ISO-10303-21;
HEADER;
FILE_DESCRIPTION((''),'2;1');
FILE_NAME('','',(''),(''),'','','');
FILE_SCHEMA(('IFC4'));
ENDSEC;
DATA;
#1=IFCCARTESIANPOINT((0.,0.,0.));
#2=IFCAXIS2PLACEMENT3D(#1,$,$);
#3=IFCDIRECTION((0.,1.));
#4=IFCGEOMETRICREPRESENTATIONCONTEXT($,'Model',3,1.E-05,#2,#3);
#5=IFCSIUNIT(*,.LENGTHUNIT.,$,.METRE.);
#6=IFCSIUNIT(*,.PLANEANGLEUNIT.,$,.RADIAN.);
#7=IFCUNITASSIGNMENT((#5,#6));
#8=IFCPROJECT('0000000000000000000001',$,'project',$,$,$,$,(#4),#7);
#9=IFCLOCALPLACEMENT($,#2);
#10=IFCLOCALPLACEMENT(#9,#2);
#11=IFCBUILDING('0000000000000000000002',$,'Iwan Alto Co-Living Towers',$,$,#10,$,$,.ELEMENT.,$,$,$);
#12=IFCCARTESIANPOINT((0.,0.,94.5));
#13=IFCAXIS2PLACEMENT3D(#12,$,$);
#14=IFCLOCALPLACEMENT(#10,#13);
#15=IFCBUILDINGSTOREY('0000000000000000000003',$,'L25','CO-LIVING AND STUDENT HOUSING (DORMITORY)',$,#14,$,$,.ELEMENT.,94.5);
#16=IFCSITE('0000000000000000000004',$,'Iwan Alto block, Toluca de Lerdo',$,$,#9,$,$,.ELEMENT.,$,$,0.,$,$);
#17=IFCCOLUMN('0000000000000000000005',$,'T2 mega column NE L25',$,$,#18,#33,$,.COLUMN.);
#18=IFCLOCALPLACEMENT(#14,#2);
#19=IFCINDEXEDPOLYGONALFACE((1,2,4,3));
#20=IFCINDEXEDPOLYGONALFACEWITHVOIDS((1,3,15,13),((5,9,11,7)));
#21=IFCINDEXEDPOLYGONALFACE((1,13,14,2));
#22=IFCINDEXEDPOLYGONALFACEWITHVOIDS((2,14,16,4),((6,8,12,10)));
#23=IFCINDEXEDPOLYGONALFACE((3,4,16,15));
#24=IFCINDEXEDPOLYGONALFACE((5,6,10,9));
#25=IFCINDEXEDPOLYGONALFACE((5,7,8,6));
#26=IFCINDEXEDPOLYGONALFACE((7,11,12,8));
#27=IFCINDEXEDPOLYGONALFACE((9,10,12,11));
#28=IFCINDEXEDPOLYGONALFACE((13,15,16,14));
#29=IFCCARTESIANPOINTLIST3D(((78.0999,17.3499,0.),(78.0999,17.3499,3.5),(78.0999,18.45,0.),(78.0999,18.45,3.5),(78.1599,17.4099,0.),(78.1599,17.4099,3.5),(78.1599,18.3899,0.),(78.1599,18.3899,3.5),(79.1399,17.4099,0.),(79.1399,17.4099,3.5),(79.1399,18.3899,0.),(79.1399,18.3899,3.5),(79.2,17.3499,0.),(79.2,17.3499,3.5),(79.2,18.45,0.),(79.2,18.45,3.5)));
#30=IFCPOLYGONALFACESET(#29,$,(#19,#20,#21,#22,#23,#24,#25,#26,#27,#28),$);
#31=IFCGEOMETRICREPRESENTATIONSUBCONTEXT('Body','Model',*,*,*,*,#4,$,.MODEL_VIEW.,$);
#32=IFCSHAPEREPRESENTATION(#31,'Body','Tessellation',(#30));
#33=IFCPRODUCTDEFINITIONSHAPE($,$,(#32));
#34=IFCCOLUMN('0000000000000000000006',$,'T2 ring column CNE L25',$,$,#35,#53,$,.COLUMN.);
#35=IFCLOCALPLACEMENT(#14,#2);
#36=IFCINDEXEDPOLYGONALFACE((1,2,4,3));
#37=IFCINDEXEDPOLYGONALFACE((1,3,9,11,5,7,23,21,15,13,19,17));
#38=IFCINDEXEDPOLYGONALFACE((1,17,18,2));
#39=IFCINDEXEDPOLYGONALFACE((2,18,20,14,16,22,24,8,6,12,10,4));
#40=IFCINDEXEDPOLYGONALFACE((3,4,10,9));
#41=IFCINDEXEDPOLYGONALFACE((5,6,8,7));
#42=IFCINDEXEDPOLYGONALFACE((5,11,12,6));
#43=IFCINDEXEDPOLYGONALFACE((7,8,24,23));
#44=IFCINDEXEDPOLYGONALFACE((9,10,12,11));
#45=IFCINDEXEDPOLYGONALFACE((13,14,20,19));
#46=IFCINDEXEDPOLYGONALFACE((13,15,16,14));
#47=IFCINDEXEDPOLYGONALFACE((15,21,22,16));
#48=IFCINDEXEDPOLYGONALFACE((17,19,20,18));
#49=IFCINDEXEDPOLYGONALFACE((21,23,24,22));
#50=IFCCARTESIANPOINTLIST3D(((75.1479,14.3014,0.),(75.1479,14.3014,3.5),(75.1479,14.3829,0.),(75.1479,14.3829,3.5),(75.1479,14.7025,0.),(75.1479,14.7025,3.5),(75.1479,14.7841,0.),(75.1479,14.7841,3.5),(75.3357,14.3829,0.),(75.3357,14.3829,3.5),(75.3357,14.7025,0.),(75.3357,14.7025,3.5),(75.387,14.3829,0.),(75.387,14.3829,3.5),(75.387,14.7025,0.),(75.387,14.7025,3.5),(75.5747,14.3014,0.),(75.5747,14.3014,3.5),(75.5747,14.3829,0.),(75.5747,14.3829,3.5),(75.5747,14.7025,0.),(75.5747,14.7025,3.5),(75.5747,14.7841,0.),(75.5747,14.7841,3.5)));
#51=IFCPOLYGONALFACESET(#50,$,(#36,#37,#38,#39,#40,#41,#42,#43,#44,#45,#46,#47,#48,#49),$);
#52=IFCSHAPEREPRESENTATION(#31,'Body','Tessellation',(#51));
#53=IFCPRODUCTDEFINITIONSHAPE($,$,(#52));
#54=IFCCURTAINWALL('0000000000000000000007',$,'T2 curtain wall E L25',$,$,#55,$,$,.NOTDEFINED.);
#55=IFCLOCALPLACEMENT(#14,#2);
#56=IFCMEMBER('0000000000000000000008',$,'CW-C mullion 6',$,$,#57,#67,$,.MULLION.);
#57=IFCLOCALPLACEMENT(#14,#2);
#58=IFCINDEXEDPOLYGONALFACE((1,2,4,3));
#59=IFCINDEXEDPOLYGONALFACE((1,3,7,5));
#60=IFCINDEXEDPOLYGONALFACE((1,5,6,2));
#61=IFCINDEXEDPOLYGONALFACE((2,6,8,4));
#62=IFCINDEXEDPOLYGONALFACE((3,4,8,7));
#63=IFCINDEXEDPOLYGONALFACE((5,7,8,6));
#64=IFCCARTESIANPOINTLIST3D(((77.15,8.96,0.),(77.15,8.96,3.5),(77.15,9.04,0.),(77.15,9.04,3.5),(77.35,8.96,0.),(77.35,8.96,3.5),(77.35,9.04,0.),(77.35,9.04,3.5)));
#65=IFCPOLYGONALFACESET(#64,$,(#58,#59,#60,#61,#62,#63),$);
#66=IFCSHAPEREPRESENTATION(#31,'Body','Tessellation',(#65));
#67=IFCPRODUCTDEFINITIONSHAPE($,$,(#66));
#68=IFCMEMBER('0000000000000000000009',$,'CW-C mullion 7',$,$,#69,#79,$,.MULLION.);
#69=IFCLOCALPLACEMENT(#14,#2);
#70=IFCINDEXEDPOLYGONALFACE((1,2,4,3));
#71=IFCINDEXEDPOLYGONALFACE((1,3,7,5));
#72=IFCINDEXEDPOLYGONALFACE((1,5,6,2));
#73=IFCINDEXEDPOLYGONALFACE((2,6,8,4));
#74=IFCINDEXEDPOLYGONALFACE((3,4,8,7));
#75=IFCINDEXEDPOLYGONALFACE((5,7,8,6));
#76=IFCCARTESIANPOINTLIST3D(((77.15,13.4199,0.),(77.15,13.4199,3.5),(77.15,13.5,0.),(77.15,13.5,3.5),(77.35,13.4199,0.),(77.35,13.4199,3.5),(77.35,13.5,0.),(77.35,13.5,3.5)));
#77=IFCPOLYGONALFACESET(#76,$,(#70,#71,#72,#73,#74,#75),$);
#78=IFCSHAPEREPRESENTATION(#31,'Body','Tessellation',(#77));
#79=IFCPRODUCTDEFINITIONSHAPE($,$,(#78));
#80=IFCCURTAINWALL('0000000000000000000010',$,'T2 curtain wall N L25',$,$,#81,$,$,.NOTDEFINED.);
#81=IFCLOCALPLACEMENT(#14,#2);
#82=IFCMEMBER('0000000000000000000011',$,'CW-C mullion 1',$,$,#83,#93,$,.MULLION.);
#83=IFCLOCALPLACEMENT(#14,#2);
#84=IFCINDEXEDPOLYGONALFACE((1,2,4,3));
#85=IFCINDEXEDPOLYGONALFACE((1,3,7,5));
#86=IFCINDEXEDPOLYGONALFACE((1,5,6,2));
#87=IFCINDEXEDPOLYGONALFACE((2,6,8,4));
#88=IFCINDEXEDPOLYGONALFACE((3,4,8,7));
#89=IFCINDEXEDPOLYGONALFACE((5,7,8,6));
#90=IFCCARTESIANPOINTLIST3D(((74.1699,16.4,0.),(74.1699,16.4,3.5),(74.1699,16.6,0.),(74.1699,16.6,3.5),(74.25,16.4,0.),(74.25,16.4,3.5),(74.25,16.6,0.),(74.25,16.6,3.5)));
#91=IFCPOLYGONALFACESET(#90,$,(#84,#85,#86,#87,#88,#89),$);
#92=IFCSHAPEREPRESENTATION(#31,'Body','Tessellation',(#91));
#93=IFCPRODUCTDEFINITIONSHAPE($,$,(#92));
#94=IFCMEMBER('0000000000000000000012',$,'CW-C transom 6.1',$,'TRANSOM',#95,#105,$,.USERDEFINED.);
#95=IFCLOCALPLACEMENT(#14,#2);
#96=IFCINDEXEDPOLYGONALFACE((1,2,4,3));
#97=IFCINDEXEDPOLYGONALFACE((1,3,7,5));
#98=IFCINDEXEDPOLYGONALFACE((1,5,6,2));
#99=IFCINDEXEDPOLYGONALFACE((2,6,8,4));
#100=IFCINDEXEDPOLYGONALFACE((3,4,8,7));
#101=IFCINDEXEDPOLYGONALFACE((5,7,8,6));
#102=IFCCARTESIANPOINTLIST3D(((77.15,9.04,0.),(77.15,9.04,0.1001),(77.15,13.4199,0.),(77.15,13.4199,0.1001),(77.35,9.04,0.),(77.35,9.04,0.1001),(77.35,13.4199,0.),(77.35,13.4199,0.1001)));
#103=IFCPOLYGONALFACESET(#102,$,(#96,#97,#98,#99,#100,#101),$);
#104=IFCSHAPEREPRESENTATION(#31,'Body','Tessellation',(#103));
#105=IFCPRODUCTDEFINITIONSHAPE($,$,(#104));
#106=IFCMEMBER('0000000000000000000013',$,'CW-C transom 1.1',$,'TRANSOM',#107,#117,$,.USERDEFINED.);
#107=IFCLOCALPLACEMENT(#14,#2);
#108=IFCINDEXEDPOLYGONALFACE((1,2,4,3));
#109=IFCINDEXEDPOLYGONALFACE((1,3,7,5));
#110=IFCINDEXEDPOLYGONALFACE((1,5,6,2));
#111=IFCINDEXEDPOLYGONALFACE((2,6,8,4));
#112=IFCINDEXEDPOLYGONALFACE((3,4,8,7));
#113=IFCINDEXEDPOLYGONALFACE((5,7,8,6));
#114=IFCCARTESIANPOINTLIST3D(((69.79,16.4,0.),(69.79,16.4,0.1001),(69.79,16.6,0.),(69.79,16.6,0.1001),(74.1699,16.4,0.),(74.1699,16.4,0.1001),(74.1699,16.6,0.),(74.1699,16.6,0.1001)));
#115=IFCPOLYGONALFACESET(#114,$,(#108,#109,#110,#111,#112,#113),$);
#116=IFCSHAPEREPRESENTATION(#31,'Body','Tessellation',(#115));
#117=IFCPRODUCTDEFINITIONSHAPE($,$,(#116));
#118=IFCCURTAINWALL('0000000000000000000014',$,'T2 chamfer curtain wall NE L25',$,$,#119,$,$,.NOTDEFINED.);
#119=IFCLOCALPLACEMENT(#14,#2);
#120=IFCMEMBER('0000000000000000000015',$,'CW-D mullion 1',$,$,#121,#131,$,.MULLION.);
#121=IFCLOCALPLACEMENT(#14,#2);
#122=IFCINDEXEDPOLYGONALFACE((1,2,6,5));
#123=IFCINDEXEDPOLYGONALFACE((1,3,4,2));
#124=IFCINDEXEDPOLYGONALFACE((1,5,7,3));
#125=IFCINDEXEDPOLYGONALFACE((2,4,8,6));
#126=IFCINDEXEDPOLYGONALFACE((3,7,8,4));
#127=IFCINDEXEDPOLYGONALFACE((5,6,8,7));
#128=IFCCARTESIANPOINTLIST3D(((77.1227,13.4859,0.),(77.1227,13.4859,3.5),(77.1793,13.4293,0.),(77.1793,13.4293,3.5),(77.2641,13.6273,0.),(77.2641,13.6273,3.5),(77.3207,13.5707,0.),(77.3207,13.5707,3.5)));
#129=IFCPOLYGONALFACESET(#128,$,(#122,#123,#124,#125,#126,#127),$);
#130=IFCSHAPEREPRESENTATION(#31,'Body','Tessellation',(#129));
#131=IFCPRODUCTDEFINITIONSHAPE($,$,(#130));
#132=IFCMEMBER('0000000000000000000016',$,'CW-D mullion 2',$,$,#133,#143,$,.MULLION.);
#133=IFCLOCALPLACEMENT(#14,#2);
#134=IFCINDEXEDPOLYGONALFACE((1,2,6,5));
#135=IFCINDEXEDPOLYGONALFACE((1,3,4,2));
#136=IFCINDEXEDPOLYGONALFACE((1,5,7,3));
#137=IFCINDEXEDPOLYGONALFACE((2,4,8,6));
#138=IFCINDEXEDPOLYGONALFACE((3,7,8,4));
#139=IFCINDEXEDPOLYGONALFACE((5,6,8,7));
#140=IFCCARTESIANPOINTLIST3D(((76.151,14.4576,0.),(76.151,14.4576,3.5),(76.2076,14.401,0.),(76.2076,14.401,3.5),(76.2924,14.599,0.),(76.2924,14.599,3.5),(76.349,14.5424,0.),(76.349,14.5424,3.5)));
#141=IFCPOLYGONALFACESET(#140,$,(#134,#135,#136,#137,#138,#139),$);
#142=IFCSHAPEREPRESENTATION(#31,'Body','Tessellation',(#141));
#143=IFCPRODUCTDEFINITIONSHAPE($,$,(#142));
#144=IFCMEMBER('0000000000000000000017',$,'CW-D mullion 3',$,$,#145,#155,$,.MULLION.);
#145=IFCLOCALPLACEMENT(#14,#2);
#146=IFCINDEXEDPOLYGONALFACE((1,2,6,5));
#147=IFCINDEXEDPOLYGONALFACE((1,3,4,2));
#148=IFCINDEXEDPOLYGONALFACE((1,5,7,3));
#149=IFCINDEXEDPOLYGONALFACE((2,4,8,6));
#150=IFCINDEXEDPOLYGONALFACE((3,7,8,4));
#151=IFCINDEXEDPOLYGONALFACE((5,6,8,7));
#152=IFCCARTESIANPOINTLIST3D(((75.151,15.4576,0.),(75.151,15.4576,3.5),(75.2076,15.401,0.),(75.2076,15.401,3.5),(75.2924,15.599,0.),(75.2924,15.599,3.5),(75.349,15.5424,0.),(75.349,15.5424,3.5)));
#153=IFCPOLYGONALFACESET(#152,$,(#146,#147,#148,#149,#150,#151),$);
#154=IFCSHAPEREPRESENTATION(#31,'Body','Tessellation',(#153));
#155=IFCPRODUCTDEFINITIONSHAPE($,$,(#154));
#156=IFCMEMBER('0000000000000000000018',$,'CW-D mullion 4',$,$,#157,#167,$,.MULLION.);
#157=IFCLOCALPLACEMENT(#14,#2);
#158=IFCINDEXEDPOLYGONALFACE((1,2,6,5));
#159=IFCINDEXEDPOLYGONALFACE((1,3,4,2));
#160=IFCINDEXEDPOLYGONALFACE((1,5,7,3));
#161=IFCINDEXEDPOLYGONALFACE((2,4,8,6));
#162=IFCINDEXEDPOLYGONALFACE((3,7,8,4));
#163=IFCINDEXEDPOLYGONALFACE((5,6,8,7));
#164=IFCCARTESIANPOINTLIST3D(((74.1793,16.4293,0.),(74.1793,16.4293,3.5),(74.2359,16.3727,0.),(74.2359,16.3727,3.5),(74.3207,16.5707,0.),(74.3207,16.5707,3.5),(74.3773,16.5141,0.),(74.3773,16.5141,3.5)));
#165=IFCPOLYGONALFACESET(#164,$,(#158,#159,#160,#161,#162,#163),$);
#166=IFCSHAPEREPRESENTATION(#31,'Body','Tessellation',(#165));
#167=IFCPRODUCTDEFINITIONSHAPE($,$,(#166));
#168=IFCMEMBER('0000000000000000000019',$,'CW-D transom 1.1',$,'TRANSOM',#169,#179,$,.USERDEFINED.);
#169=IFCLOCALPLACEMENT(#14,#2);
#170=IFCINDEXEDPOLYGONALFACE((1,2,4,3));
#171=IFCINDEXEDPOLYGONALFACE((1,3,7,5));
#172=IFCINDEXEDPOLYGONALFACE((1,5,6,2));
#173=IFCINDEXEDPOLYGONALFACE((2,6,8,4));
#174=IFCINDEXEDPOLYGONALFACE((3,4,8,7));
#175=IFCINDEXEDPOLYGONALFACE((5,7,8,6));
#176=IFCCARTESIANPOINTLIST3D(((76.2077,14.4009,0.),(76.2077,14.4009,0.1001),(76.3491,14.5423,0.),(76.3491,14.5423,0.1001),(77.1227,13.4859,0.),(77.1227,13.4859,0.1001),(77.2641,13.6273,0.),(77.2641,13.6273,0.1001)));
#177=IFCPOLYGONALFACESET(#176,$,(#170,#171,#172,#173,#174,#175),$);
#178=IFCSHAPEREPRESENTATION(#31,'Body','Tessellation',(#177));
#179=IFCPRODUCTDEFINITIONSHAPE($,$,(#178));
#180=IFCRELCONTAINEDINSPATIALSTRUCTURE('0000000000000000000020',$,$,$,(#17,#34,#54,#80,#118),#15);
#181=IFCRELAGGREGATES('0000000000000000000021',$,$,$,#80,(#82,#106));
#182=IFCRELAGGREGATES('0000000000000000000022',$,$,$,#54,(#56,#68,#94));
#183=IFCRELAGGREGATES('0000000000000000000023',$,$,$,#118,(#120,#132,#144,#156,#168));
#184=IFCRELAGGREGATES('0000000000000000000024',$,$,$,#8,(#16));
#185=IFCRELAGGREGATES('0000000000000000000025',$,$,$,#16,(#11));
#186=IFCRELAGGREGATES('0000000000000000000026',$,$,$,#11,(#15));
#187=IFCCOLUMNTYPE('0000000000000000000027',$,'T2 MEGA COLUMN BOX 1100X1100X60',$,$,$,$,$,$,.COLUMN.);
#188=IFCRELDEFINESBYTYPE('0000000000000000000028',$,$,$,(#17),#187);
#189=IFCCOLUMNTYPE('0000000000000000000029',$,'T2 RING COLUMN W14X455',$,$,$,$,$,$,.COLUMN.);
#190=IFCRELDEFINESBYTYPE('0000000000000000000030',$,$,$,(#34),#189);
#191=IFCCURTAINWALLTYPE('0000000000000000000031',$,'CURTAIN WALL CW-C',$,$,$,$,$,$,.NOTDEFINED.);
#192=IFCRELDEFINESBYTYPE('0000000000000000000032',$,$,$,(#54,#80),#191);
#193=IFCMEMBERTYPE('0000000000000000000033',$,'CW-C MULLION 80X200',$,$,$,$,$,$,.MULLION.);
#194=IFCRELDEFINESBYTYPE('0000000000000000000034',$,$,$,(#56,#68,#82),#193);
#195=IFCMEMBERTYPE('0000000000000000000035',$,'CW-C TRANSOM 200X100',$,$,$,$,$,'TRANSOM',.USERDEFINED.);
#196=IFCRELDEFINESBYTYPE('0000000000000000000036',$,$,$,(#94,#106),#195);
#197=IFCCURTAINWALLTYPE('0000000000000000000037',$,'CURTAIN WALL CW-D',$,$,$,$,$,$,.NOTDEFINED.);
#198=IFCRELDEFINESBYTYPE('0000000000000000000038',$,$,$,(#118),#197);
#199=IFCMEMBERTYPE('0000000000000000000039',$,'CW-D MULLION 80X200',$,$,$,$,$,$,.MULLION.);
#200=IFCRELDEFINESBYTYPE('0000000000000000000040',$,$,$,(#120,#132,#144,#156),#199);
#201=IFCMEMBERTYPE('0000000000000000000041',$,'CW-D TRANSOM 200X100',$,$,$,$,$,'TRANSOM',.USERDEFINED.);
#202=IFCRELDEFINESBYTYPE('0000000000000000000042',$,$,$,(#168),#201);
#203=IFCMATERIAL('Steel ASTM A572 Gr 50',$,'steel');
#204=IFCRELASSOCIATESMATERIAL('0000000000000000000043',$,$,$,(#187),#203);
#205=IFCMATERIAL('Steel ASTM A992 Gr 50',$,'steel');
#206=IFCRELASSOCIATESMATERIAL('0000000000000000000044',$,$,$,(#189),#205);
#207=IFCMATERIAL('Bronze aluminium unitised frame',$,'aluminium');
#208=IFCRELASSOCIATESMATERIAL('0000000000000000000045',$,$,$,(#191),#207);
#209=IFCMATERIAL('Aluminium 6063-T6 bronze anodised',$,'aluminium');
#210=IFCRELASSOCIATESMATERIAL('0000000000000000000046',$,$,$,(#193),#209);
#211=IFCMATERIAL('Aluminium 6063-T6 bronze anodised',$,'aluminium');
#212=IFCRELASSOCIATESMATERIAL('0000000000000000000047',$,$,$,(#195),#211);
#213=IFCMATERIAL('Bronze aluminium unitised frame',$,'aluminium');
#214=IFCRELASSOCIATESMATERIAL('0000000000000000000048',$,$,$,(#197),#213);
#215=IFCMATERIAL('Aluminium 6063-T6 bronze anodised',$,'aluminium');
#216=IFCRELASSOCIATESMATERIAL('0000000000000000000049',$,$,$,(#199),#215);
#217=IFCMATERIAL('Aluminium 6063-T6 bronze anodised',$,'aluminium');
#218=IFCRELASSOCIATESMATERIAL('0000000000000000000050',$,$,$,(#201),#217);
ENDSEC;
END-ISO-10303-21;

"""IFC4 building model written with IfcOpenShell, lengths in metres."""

from ifc_helpers import new_model, si_unit, direction, frame, origin, origin_2d, place, context, subcontext, project, spatial, rectangle, hollow_rectangle, i_section, extrude, material, material_profile, profile_set, type_object, element, aggregate, save


model = new_model("IFC4")

# Units and contexts
model_context = context("Model", 3, precision=1e-05, world=origin(), true_north=direction((0.0, 1.0)))
body_context = subcontext(model_context, "Body", "Model", "MODEL_VIEW")
ifc_project = project(units=[si_unit("LENGTHUNIT", "METRE"), si_unit("PLANEANGLEUNIT", "RADIAN")], contexts=[model_context])

# Site, building, storey
site_placement = place(None, origin())
site = spatial("IfcSite", under=ifc_project, at=site_placement, Name="Iwan Alto block, Toluca de Lerdo", CompositionType="ELEMENT", RefElevation=0.0)
building_placement = place(site_placement, origin())
building = spatial("IfcBuilding", under=site, at=building_placement, Name="Iwan Alto Co-Living Towers", CompositionType="ELEMENT")
storey_placement = place(building_placement, frame((0.0, 0.0, 94.5)))
storey = spatial("IfcBuildingStorey", under=building, at=storey_placement, Name="L25", Description="CO-LIVING AND STUDENT HOUSING (DORMITORY)", CompositionType="ELEMENT", Elevation=94.5)

# Columns
ifc_material_1 = material(Name="Steel ASTM A572 Gr 50", Category="steel")
ifc_material_profile_1 = material_profile(ifc_material_1, hollow_rectangle(XDim=1.1001, YDim=1.1001, WallThickness=0.0601, at=origin_2d()), Name="BOX 1100X1100X60")
ifc_profile_set_1 = profile_set([ifc_material_profile_1], Name="Steel ASTM A572 Gr 50")
column_type_1 = type_object("IfcColumnType", Name="T2 MEGA COLUMN BOX 1100X1100X60", PredefinedType="COLUMN", material=ifc_profile_set_1)
column_1_placement = place(storey_placement, frame((78.6499, 17.8999, 0.0), z_axis=(0.0, 0.0, 1.0), x_axis=(1.0, 0.0, 0.0)))
element("IfcColumn", 1, at=column_1_placement, inside=storey, type_object=column_type_1, Name="T2 mega column NE L25", PredefinedType="COLUMN", context=body_context, shape_type="SweptSolid", body=[
    extrude(hollow_rectangle(XDim=1.1001, YDim=1.1001, WallThickness=0.0601, at=origin_2d()), origin(), (0.0, 0.0, 1.0), 3.5),
])
ifc_material_2 = material(Name="Steel ASTM A992 Gr 50", Category="steel")
ifc_material_profile_2 = material_profile(ifc_material_2, i_section(OverallWidth=0.4268, OverallDepth=0.4827, WebThickness=0.0513, FlangeThickness=0.0815, at=origin_2d()), Name="W14X455")
ifc_profile_set_2 = profile_set([ifc_material_profile_2], Name="Steel ASTM A992 Gr 50")
column_type_2 = type_object("IfcColumnType", Name="T2 RING COLUMN W14X455", PredefinedType="COLUMN", material=ifc_profile_set_2)
column_2_placement = place(storey_placement, frame((75.3613, 14.5427, 0.0), z_axis=(0.0, 0.0, 1.0), x_axis=(1.0, 0.0, 0.0)))
element("IfcColumn", 2, at=column_2_placement, inside=storey, type_object=column_type_2, Name="T2 ring column CNE L25", PredefinedType="COLUMN", context=body_context, shape_type="SweptSolid", body=[
    extrude(i_section(OverallWidth=0.4268, OverallDepth=0.4827, WebThickness=0.0513, FlangeThickness=0.0815, at=origin_2d()), origin(), (0.0, 0.0, 1.0), 3.5),
])

# Curtain wall, members
ifc_material_3 = material(Name="Bronze aluminium unitised frame", Category="aluminium")
curtain_wall_type_1 = type_object("IfcCurtainWallType", Name="CURTAIN WALL CW-C", PredefinedType="NOTDEFINED", material=ifc_material_3)
curtain_wall_1_placement = place(storey_placement, origin())
curtain_wall_1 = element("IfcCurtainWall", 3, at=curtain_wall_1_placement, inside=storey, type_object=curtain_wall_type_1, Name="T2 curtain wall E L25", PredefinedType="NOTDEFINED")
ifc_material_4 = material(Name="Aluminium 6063-T6 bronze anodised", Category="aluminium")
ifc_material_profile_3 = material_profile(ifc_material_4, rectangle(XDim=0.2, YDim=0.0801, at=origin_2d()), Name="AL 80X200")
ifc_profile_set_3 = profile_set([ifc_material_profile_3], Name="Aluminium 6063-T6 bronze anodised")
member_type_1 = type_object("IfcMemberType", Name="CW-C MULLION 80X200", PredefinedType="MULLION", material=ifc_profile_set_3)
member_1_placement = place(storey_placement, frame((77.25, 9.0, 0.0), z_axis=(0.0, 0.0, 1.0), x_axis=(-1.0, 0.0, 0.0)))
member_1 = element("IfcMember", 4, at=member_1_placement, type_object=member_type_1, Name="CW-C mullion 6", PredefinedType="MULLION", context=body_context, shape_type="SweptSolid", body=[
    extrude(rectangle(XDim=0.2, YDim=0.0801, at=origin_2d()), origin(), (0.0, 0.0, 1.0), 3.5),
])
member_2_placement = place(storey_placement, frame((77.25, 13.46, 0.0), z_axis=(0.0, 0.0, 1.0), x_axis=(-1.0, 0.0, 0.0)))
member_2 = element("IfcMember", 5, at=member_2_placement, type_object=member_type_1, Name="CW-C mullion 7", PredefinedType="MULLION", context=body_context, shape_type="SweptSolid", body=[
    extrude(rectangle(XDim=0.2, YDim=0.0801, at=origin_2d()), origin(), (0.0, 0.0, 1.0), 3.5),
])

# Curtain wall, member
curtain_wall_2_placement = place(storey_placement, origin())
curtain_wall_2 = element("IfcCurtainWall", 6, at=curtain_wall_2_placement, inside=storey, type_object=curtain_wall_type_1, Name="T2 curtain wall N L25", PredefinedType="NOTDEFINED")
member_3_placement = place(storey_placement, frame((74.21, 16.5, 0.0), z_axis=(0.0, 0.0, 1.0), x_axis=(0.0, -1.0, 0.0)))
member_3 = element("IfcMember", 7, at=member_3_placement, type_object=member_type_1, Name="CW-C mullion 1", PredefinedType="MULLION", context=body_context, shape_type="SweptSolid", body=[
    extrude(rectangle(XDim=0.2, YDim=0.0801, at=origin_2d()), origin(), (0.0, 0.0, 1.0), 3.5),
])

# Members
ifc_material_5 = material(Name="Aluminium 6063-T6 bronze anodised", Category="aluminium")
ifc_material_profile_4 = material_profile(ifc_material_5, rectangle(XDim=0.2, YDim=0.1001, at=origin_2d()), Name="AL 200X100")
ifc_profile_set_4 = profile_set([ifc_material_profile_4], Name="Aluminium 6063-T6 bronze anodised")
member_type_2 = type_object("IfcMemberType", Name="CW-C TRANSOM 200X100", ElementType="TRANSOM", PredefinedType="USERDEFINED", material=ifc_profile_set_4)
member_4_placement = place(storey_placement, frame((77.25, 9.04, 0.05), z_axis=(0.0, 1.0, 0.0), x_axis=(-1.0, 0.0, 0.0)))
member_4 = element("IfcMember", 8, at=member_4_placement, type_object=member_type_2, Name="CW-C transom 6.1", ObjectType="TRANSOM", PredefinedType="USERDEFINED", context=body_context, shape_type="SweptSolid", body=[
    extrude(rectangle(XDim=0.2, YDim=0.1001, at=origin_2d()), origin(), (0.0, 0.0, 1.0), 4.3799),
])
member_5_placement = place(storey_placement, frame((74.1699, 16.5, 0.05), z_axis=(-1.0, 0.0, 0.0), x_axis=(0.0, -1.0, 0.0)))
member_5 = element("IfcMember", 9, at=member_5_placement, type_object=member_type_2, Name="CW-C transom 1.1", ObjectType="TRANSOM", PredefinedType="USERDEFINED", context=body_context, shape_type="SweptSolid", body=[
    extrude(rectangle(XDim=0.2, YDim=0.1001, at=origin_2d()), origin(), (0.0, 0.0, 1.0), 4.3799),
])
aggregate(curtain_wall_2, [member_3, member_5])

# Curtain wall, members
ifc_material_6 = material(Name="Bronze aluminium unitised frame", Category="aluminium")
curtain_wall_type_2 = type_object("IfcCurtainWallType", Name="CURTAIN WALL CW-D", PredefinedType="NOTDEFINED", material=ifc_material_6)
curtain_wall_3_placement = place(storey_placement, origin())
curtain_wall_3 = element("IfcCurtainWall", 10, at=curtain_wall_3_placement, inside=storey, type_object=curtain_wall_type_2, Name="T2 chamfer curtain wall NE L25", PredefinedType="NOTDEFINED")
ifc_material_7 = material(Name="Aluminium 6063-T6 bronze anodised", Category="aluminium")
ifc_material_profile_5 = material_profile(ifc_material_7, rectangle(XDim=0.2, YDim=0.0801, at=origin_2d()), Name="AL 80X200")
ifc_profile_set_5 = profile_set([ifc_material_profile_5], Name="Aluminium 6063-T6 bronze anodised")
member_type_3 = type_object("IfcMemberType", Name="CW-D MULLION 80X200", PredefinedType="MULLION", material=ifc_profile_set_5)
member_6_placement = place(storey_placement, frame((77.2217, 13.5283, 0.0), z_axis=(0.0, 0.0, 1.0), x_axis=(-0.707107, -0.707107, 0.0)))
member_6 = element("IfcMember", 11, at=member_6_placement, type_object=member_type_3, Name="CW-D mullion 1", PredefinedType="MULLION", context=body_context, shape_type="SweptSolid", body=[
    extrude(rectangle(XDim=0.2, YDim=0.0801, at=origin_2d()), origin(), (0.0, 0.0, 1.0), 3.5),
])
member_7_placement = place(storey_placement, frame((76.25, 14.5, 0.0), z_axis=(0.0, 0.0, 1.0), x_axis=(-0.707107, -0.707107, 0.0)))
member_7 = element("IfcMember", 12, at=member_7_placement, type_object=member_type_3, Name="CW-D mullion 2", PredefinedType="MULLION", context=body_context, shape_type="SweptSolid", body=[
    extrude(rectangle(XDim=0.2, YDim=0.0801, at=origin_2d()), origin(), (0.0, 0.0, 1.0), 3.5),
])
member_8_placement = place(storey_placement, frame((75.25, 15.5, 0.0), z_axis=(0.0, 0.0, 1.0), x_axis=(-0.707107, -0.707107, 0.0)))
member_8 = element("IfcMember", 13, at=member_8_placement, type_object=member_type_3, Name="CW-D mullion 3", PredefinedType="MULLION", context=body_context, shape_type="SweptSolid", body=[
    extrude(rectangle(XDim=0.2, YDim=0.0801, at=origin_2d()), origin(), (0.0, 0.0, 1.0), 3.5),
])
member_9_placement = place(storey_placement, frame((74.2783, 16.4717, 0.0), z_axis=(0.0, 0.0, 1.0), x_axis=(-0.707107, -0.707107, 0.0)))
member_9 = element("IfcMember", 14, at=member_9_placement, type_object=member_type_3, Name="CW-D mullion 4", PredefinedType="MULLION", context=body_context, shape_type="SweptSolid", body=[
    extrude(rectangle(XDim=0.2, YDim=0.0801, at=origin_2d()), origin(), (0.0, 0.0, 1.0), 3.5),
])
ifc_material_8 = material(Name="Aluminium 6063-T6 bronze anodised", Category="aluminium")
ifc_material_profile_6 = material_profile(ifc_material_8, rectangle(XDim=0.2, YDim=0.1001, at=origin_2d()), Name="AL 200X100")
ifc_profile_set_6 = profile_set([ifc_material_profile_6], Name="Aluminium 6063-T6 bronze anodised")
member_type_4 = type_object("IfcMemberType", Name="CW-D TRANSOM 200X100", ElementType="TRANSOM", PredefinedType="USERDEFINED", material=ifc_profile_set_6)
member_10_placement = place(storey_placement, frame((77.1934, 13.5566, 0.05), z_axis=(-0.707107, 0.707107, 0.0), x_axis=(-0.707107, -0.707107, 0.0)))
member_10 = element("IfcMember", 15, at=member_10_placement, type_object=member_type_4, Name="CW-D transom 1.1", ObjectType="TRANSOM", PredefinedType="USERDEFINED", context=body_context, shape_type="SweptSolid", body=[
    extrude(rectangle(XDim=0.2, YDim=0.1001, at=origin_2d()), origin(), (0.0, 0.0, 1.0), 1.2939),
])

aggregate(curtain_wall_1, [member_1, member_2, member_4])
aggregate(curtain_wall_3, [member_6, member_7, member_8, member_9, member_10])

save(model, "model.ifc")
